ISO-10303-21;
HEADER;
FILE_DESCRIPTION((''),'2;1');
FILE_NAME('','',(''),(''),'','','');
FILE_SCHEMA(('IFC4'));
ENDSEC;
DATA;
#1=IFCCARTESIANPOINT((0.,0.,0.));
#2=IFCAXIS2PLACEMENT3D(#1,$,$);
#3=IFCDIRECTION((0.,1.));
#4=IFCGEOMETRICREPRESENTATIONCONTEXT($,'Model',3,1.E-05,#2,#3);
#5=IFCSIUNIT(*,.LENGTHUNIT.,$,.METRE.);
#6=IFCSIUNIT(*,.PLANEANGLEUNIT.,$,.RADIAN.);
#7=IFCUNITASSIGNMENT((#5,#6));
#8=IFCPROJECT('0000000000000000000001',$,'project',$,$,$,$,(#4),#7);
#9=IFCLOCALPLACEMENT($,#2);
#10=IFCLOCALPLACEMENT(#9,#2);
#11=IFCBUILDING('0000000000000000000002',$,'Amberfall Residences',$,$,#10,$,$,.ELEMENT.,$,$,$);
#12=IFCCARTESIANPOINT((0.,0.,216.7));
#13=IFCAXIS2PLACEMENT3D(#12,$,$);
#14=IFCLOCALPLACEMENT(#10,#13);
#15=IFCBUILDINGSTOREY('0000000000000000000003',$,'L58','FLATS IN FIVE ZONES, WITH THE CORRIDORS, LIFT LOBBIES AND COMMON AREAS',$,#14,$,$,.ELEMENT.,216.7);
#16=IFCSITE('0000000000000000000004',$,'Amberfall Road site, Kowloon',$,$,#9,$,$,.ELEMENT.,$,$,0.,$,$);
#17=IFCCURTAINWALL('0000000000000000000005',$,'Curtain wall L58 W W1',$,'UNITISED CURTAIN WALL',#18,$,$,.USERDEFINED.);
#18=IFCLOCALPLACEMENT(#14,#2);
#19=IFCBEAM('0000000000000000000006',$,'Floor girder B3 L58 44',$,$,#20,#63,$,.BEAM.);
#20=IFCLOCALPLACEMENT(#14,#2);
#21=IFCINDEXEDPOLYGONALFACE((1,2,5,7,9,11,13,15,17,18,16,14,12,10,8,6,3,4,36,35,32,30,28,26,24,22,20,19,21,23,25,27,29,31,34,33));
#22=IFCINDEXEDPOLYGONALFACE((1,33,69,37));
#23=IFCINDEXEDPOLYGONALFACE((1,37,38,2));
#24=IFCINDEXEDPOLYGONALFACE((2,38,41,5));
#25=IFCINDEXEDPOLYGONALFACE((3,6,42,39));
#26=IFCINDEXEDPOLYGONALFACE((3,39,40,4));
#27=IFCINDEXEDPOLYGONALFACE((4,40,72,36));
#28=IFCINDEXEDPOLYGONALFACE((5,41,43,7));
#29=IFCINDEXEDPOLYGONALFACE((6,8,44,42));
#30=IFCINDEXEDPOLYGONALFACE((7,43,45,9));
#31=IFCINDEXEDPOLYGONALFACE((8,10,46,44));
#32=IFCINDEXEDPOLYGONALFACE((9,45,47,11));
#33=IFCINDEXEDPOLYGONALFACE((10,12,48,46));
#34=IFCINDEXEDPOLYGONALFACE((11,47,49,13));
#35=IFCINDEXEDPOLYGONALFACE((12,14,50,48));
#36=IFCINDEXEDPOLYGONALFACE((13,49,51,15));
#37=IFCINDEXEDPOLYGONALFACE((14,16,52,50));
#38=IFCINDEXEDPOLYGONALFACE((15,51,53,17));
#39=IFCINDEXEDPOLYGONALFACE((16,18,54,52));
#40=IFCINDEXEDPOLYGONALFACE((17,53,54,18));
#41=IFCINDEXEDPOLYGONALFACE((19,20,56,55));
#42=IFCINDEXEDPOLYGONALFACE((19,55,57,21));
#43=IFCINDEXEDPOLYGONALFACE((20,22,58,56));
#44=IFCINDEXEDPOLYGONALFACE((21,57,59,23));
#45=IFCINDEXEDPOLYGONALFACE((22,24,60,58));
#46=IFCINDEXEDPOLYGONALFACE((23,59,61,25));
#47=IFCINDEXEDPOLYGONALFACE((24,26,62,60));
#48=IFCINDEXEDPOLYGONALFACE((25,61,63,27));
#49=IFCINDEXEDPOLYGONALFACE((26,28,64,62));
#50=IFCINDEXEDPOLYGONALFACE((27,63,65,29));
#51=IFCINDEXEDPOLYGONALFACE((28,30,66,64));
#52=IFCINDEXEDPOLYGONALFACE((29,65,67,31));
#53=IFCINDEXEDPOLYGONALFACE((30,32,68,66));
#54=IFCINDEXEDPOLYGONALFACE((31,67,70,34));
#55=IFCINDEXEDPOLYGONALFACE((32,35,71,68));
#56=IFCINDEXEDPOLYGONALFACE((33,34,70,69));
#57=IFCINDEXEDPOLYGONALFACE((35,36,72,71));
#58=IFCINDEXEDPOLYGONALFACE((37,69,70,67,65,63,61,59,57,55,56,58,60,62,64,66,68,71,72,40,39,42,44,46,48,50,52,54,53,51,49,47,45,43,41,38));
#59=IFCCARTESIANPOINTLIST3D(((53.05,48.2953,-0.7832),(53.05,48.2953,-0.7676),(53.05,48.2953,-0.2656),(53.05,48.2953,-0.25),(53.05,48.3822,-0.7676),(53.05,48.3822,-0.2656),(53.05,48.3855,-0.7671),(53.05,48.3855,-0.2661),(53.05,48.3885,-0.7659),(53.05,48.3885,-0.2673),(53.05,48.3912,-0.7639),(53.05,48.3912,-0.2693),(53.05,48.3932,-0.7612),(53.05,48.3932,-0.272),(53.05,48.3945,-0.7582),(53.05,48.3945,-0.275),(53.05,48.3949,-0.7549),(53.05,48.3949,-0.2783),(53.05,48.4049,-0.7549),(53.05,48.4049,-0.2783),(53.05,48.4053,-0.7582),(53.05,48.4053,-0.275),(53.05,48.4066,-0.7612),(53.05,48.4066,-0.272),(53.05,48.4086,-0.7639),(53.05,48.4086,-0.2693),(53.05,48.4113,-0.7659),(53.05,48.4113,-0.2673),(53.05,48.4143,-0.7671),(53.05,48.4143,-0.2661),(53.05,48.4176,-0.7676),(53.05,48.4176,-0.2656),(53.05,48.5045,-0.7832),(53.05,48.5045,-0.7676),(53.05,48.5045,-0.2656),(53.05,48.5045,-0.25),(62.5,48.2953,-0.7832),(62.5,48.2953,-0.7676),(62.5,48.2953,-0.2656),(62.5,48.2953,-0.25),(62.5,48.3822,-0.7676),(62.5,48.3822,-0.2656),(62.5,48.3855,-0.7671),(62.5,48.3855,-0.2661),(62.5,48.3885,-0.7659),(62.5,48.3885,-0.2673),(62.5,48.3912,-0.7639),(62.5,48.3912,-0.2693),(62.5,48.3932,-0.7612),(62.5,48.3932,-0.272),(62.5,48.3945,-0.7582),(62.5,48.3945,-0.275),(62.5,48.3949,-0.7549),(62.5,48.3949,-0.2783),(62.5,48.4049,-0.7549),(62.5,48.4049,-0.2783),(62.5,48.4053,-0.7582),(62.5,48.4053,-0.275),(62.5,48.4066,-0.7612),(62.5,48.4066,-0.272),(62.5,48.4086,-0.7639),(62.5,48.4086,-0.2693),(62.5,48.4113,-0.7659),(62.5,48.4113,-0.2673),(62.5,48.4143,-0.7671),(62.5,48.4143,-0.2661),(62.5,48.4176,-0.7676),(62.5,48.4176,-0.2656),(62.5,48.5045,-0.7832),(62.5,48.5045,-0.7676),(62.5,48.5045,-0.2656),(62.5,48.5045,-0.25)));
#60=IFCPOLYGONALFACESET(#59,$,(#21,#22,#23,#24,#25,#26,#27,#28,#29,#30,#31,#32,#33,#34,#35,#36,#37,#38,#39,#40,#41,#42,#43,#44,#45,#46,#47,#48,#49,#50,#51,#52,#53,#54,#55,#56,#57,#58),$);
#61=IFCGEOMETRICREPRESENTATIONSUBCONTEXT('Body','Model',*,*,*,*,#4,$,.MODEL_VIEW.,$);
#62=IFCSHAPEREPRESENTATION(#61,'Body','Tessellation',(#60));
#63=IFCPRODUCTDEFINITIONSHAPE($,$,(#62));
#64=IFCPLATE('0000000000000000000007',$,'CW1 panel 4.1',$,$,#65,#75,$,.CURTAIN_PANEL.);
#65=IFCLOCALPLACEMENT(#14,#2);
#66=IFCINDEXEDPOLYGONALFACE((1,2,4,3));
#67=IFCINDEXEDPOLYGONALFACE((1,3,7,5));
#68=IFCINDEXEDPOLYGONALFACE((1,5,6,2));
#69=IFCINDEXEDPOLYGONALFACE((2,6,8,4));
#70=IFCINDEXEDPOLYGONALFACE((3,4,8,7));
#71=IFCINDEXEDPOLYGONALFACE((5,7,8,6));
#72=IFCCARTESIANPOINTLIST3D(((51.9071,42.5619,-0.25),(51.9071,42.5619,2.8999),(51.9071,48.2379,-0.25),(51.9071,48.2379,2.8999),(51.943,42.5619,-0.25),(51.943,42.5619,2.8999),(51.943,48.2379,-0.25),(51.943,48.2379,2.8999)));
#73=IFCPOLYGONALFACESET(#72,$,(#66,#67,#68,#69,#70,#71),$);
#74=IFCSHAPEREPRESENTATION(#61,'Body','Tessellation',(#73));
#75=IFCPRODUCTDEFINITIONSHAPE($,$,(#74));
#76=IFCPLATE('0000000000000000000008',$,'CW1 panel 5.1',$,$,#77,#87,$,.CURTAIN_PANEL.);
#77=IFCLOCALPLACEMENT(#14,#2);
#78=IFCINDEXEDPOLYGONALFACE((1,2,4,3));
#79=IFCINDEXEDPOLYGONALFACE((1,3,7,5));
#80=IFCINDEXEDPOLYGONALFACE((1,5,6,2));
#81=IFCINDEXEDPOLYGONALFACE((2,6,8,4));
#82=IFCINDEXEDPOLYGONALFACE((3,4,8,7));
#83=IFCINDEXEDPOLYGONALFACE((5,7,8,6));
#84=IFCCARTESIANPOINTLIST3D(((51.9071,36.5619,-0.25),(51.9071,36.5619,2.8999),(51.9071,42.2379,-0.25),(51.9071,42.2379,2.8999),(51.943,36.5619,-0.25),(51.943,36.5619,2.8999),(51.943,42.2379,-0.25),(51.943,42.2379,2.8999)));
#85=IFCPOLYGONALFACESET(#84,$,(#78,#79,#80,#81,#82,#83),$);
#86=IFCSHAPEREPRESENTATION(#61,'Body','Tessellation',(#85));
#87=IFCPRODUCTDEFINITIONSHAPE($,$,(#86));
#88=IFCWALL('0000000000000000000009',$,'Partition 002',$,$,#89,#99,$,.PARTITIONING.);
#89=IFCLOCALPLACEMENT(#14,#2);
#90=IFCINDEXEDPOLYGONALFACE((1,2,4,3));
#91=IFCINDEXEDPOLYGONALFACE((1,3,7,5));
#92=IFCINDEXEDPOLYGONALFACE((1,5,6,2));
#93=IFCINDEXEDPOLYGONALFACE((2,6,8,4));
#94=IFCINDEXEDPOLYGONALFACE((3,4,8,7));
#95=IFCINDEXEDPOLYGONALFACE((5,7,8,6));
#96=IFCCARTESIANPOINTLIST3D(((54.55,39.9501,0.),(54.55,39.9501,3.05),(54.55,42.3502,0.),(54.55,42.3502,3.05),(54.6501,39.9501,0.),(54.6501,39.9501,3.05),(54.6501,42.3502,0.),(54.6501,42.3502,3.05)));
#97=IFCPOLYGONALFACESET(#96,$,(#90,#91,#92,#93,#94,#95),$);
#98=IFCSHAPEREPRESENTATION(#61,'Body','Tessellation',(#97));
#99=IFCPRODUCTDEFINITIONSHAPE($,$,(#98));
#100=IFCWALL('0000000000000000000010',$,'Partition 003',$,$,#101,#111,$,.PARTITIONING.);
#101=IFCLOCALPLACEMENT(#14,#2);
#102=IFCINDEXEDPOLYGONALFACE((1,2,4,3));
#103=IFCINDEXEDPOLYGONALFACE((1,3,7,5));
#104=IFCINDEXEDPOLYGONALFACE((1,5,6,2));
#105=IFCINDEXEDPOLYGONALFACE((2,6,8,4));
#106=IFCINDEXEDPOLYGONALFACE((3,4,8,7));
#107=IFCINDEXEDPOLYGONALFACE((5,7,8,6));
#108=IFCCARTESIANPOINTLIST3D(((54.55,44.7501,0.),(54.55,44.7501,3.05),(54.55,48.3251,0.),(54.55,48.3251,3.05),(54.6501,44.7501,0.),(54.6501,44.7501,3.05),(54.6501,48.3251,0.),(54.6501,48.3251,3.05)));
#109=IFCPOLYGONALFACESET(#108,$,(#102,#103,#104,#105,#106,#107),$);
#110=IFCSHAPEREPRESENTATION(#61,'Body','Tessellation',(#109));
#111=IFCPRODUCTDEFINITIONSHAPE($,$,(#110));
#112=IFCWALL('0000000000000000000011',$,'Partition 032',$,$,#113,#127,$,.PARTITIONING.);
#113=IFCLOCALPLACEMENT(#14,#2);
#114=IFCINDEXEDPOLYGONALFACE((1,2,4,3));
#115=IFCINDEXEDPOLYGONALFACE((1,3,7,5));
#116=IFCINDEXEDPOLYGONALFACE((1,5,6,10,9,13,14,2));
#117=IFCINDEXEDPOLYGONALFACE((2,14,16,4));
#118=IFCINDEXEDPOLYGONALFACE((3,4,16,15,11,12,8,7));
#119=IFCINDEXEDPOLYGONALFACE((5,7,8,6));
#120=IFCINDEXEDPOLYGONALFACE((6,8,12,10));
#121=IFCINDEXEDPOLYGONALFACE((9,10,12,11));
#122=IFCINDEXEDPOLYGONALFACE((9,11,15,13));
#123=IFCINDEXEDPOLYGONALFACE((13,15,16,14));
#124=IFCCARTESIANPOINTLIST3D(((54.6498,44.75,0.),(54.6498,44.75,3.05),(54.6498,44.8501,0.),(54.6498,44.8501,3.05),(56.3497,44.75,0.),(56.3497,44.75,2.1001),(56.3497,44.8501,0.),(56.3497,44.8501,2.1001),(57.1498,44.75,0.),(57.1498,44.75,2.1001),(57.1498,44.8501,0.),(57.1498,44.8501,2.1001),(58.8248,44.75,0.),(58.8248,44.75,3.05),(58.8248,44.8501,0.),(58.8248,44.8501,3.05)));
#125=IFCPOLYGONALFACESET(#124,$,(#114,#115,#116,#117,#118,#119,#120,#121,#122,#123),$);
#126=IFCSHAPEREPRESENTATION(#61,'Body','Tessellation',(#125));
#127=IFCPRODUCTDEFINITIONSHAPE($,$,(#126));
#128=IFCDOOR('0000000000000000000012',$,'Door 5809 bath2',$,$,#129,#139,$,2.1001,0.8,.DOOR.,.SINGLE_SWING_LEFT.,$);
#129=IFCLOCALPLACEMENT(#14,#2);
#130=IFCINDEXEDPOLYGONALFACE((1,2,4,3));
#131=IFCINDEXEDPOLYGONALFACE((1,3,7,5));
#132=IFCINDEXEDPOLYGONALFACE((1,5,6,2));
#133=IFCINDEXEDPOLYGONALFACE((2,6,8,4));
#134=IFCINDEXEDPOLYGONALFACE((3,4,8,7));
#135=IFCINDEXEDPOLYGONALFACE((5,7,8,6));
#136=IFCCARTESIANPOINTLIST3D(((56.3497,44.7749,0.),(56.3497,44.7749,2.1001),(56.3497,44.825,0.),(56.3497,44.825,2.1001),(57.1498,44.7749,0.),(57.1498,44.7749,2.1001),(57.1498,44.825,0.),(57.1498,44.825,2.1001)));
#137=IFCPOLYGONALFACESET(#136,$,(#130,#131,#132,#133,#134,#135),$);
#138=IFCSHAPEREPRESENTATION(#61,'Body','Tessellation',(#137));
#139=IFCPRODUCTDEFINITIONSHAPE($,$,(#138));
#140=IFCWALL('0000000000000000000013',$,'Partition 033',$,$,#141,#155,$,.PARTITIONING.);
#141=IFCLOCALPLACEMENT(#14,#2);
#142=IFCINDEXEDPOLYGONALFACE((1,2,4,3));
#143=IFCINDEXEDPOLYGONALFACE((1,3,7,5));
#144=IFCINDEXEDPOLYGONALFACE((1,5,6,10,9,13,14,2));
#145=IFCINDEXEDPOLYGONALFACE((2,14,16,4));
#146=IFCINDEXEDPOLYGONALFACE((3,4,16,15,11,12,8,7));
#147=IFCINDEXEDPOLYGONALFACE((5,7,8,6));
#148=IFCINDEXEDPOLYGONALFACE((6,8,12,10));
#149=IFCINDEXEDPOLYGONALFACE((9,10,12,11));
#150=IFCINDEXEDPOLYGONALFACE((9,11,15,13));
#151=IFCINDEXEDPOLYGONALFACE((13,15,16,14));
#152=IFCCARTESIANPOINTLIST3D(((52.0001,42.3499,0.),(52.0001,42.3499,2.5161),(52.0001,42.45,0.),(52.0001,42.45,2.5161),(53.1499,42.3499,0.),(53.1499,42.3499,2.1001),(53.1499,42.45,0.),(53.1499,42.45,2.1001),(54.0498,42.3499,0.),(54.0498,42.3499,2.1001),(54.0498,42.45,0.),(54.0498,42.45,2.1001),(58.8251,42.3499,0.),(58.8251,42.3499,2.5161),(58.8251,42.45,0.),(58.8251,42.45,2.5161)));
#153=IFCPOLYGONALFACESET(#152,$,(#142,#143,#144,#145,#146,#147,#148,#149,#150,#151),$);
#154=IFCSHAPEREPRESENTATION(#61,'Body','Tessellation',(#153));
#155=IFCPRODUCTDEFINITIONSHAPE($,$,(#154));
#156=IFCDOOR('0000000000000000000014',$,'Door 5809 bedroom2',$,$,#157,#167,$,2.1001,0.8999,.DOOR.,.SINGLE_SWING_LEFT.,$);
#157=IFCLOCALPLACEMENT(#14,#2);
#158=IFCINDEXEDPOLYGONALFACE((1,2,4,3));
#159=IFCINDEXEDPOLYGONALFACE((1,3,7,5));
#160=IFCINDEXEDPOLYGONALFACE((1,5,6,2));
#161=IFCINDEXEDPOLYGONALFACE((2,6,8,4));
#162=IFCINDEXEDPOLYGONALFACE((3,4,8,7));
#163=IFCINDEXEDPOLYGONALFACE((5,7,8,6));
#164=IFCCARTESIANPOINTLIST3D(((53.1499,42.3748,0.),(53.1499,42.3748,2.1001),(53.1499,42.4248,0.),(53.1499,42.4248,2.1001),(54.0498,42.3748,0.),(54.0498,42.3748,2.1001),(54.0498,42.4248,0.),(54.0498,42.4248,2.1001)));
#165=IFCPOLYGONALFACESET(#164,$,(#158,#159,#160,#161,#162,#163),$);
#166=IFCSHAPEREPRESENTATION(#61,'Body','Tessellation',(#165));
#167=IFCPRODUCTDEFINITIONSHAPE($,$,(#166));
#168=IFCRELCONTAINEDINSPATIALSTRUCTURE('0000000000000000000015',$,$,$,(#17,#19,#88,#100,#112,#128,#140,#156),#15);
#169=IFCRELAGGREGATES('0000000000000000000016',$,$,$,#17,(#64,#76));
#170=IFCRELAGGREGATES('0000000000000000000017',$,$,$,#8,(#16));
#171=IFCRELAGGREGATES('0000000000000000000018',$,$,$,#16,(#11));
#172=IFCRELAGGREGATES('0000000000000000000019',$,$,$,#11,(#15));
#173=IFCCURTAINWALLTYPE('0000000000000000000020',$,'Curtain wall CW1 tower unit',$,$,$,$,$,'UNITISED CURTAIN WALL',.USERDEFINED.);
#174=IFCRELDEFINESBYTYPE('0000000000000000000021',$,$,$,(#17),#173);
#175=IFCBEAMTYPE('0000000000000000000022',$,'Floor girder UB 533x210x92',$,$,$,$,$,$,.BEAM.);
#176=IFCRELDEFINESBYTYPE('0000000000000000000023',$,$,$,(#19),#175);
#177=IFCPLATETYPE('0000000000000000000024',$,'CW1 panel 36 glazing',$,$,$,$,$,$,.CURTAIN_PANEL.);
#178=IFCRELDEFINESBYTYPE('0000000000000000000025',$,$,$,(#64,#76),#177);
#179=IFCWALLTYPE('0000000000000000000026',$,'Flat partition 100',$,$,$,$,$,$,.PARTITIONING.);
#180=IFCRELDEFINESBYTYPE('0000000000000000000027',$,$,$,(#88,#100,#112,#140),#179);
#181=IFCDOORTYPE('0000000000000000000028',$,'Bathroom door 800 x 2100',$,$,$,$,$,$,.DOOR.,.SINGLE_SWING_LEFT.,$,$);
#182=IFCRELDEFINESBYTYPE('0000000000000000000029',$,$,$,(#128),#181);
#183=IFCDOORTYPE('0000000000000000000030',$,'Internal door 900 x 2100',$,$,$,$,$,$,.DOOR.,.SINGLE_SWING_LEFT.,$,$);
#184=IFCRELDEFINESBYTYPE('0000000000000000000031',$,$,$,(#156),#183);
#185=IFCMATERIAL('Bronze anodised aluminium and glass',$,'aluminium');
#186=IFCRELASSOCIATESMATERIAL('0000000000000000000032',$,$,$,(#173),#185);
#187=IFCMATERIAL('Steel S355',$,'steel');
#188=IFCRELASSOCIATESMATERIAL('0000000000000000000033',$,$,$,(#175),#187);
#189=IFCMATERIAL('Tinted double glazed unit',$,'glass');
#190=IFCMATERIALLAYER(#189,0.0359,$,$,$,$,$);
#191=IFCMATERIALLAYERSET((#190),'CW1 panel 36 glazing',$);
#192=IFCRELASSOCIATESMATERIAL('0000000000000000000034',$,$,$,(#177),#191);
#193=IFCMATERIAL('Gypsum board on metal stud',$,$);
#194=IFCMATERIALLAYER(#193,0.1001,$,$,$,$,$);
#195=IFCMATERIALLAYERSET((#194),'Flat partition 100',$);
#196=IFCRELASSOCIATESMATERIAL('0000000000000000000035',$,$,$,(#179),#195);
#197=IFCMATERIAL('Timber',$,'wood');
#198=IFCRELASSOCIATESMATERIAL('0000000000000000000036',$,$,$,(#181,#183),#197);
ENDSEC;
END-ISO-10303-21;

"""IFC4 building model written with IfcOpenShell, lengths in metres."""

from ifc_helpers import new_model, si_unit, direction, frame, frame_2d, origin, origin_2d, place, context, subcontext, project, spatial, rectangle, i_section, extrude, material, layer, layer_set, material_profile, profile_set, type_object, element, fill, aggregate, save


model = new_model("IFC4")

# Units and contexts
model_context = context("Model", 3, precision=1e-05, world=origin(), true_north=direction((0.0, 1.0)))
body_context = subcontext(model_context, "Body", "Model", "MODEL_VIEW")
ifc_project = project(units=[si_unit("LENGTHUNIT", "METRE"), si_unit("PLANEANGLEUNIT", "RADIAN")], contexts=[model_context])

# Site, building, storey
site_placement = place(None, origin())
site = spatial("IfcSite", under=ifc_project, at=site_placement, Name="Amberfall Road site, Kowloon", CompositionType="ELEMENT", RefElevation=0.0)
building_placement = place(site_placement, origin())
building = spatial("IfcBuilding", under=site, at=building_placement, Name="Amberfall Residences", CompositionType="ELEMENT")
storey_placement = place(building_placement, frame((0.0, 0.0, 216.7)))
storey = spatial("IfcBuildingStorey", under=building, at=storey_placement, Name="L58", Description="FLATS IN FIVE ZONES, WITH THE CORRIDORS, LIFT LOBBIES AND COMMON AREAS", CompositionType="ELEMENT", Elevation=216.7)

# Curtain wall
ifc_material_1 = material(Name="Bronze anodised aluminium and glass", Category="aluminium")
curtain_wall_type = type_object("IfcCurtainWallType", Name="Curtain wall CW1 tower unit", ElementType="UNITISED CURTAIN WALL", PredefinedType="USERDEFINED", material=ifc_material_1)
curtain_wall_placement = place(storey_placement, origin())
curtain_wall = element("IfcCurtainWall", 1, at=curtain_wall_placement, inside=storey, type_object=curtain_wall_type, Name="Curtain wall L58 W W1", ObjectType="UNITISED CURTAIN WALL", PredefinedType="USERDEFINED")

# Shared definitions
ifc_material_2 = material(Name="Steel S355", Category="steel")

# Beam
ifc_material_profile_1 = material_profile(ifc_material_2, i_section(OverallWidth=0.2092, OverallDepth=0.5332, WebThickness=0.01, FlangeThickness=0.0156, FilletRadius=0.0127, at=origin_2d()), Name="UB 533x210x92")
ifc_profile_set_1 = profile_set([ifc_material_profile_1], Name="Steel S355")
beam_type_1 = type_object("IfcBeamType", Name="Floor girder UB 533x210x92", PredefinedType="BEAM", material=ifc_profile_set_1)
for number, where, z_axis, x_axis, name in (
    (2, (53.05, 48.3999, -0.5166), (1.0, 0.0, 0.0), (0.0, 1.0, 0.0), "Floor girder B3 L58 44"),
):
    element("IfcBeam", number, at=place(storey_placement, frame(where, z_axis=z_axis, x_axis=x_axis)), inside=storey, type_object=beam_type_1, Name=name, PredefinedType="BEAM", context=body_context, shape_type="SweptSolid", body=[
        extrude(i_section(OverallWidth=0.2092, OverallDepth=0.5332, WebThickness=0.01, FlangeThickness=0.0156, FilletRadius=0.0127, at=origin_2d()), origin(), (0.0, 0.0, 1.0), 9.45),
    ])

# Plates
ifc_material_3 = material(Name="Tinted double glazed unit", Category="glass")
ifc_layer_1 = layer(ifc_material_3, 0.0359)
ifc_layer_set_1 = layer_set([ifc_layer_1], Name="CW1 panel 36 glazing")
plate_type = type_object("IfcPlateType", Name="CW1 panel 36 glazing", PredefinedType="CURTAIN_PANEL", material=ifc_layer_set_1)
plate_1_placement = place(storey_placement, frame((51.925, 45.3999, -0.25), z_axis=(0.0, 0.0, 1.0), x_axis=(0.0, -1.0, 0.0)))
plate_1 = element("IfcPlate", 3, at=plate_1_placement, type_object=plate_type, Name="CW1 panel 4.1", PredefinedType="CURTAIN_PANEL", context=body_context, shape_type="SweptSolid", body=[
    extrude(rectangle(XDim=5.676, YDim=0.0359, at=origin_2d()), origin(), (0.0, 0.0, 1.0), 3.1499),
])
plate_2_placement = place(storey_placement, frame((51.925, 39.3999, -0.25), z_axis=(0.0, 0.0, 1.0), x_axis=(0.0, -1.0, 0.0)))
plate_2 = element("IfcPlate", 4, at=plate_2_placement, type_object=plate_type, Name="CW1 panel 5.1", PredefinedType="CURTAIN_PANEL", context=body_context, shape_type="SweptSolid", body=[
    extrude(rectangle(XDim=5.676, YDim=0.0359, at=origin_2d()), origin(), (0.0, 0.0, 1.0), 3.1499),
])
aggregate(curtain_wall, [plate_1, plate_2])

# Walls
ifc_material_4 = material(Name="Gypsum board on metal stud")
ifc_layer_2 = layer(ifc_material_4, 0.1001)
ifc_layer_set_2 = layer_set([ifc_layer_2], Name="Flat partition 100")
wall_type_1 = type_object("IfcWallType", Name="Flat partition 100", PredefinedType="PARTITIONING", material=ifc_layer_set_2)
wall_1_placement = place(storey_placement, frame((54.6001, 39.95, 0.0), z_axis=(0.0, 0.0, 1.0), x_axis=(0.0, 1.0, 0.0)))
element("IfcWall", 5, at=wall_1_placement, inside=storey, type_object=wall_type_1, Name="Partition 002", PredefinedType="PARTITIONING", context=body_context, shape_type="SweptSolid", body=[
    extrude(rectangle(XDim=2.4001, YDim=0.1001, at=frame_2d((1.2002, 0.0))), origin(), (0.0, 0.0, 1.0), 3.05),
])
wall_2_placement = place(storey_placement, frame((54.6001, 44.75, 0.0), z_axis=(0.0, 0.0, 1.0), x_axis=(0.0, 1.0, 0.0)))
element("IfcWall", 6, at=wall_2_placement, inside=storey, type_object=wall_type_1, Name="Partition 003", PredefinedType="PARTITIONING", context=body_context, shape_type="SweptSolid", body=[
    extrude(rectangle(XDim=3.575, YDim=0.1001, at=frame_2d((1.7876, 0.0))), origin(), (0.0, 0.0, 1.0), 3.05),
])

# Walls, openings, doors
wall_3_placement = place(storey_placement, frame((54.6499, 44.8, 0.0), z_axis=(0.0, 0.0, 1.0), x_axis=(1.0, 0.0, 0.0)))
wall_3 = element("IfcWall", 7, at=wall_3_placement, inside=storey, type_object=wall_type_1, Name="Partition 032", PredefinedType="PARTITIONING", context=body_context, shape_type="SweptSolid", body=[
    extrude(rectangle(XDim=4.175, YDim=0.1001, at=frame_2d((2.0874, 0.0))), origin(), (0.0, 0.0, 1.0), 3.05),
])
opening_1_placement = place(wall_3_placement, frame((1.7, 0.0, 0.0)))
opening_1 = element("IfcOpeningElement", 8, at=opening_1_placement, cuts=wall_3, PredefinedType="OPENING", context=body_context, shape_type="SweptSolid", body=[
    extrude(rectangle(XDim=0.8, YDim=2.1001, at=frame_2d((0.3999, 1.05))), frame((0.0, 0.0601, 0.0), z_axis=(0.0, -1.0, 0.0), x_axis=(1.0, 0.0, 0.0)), (0.0, 0.0, 1.0), 0.1201),
])
ifc_material_5 = material(Name="Timber", Category="wood")
door_type_1 = type_object("IfcDoorType", Name="Bathroom door 800 x 2100", OperationType="SINGLE_SWING_LEFT", PredefinedType="DOOR", material=ifc_material_5)
door_1_placement = place(opening_1_placement, origin())
door_1 = element("IfcDoor", 9, at=door_1_placement, inside=storey, type_object=door_type_1, Name="Door 5809 bath2", OperationType="SINGLE_SWING_LEFT", OverallHeight=2.1001, OverallWidth=0.8, PredefinedType="DOOR", context=body_context, shape_type="SweptSolid", body=[
    extrude(rectangle(XDim=0.8, YDim=2.1001, at=frame_2d((0.3999, 1.05))), frame((0.0, 0.0249, 0.0), z_axis=(0.0, -1.0, 0.0), x_axis=(1.0, 0.0, 0.0)), (0.0, 0.0, 1.0), 0.05),
])
fill(opening_1, door_1)
wall_4_placement = place(storey_placement, frame((52.0, 42.3999, 0.0), z_axis=(0.0, 0.0, 1.0), x_axis=(1.0, 0.0, 0.0)))
wall_4 = element("IfcWall", 10, at=wall_4_placement, inside=storey, type_object=wall_type_1, Name="Partition 033", PredefinedType="PARTITIONING", context=body_context, shape_type="SweptSolid", body=[
    extrude(rectangle(XDim=6.825, YDim=0.1001, at=frame_2d((3.4126, 0.0))), origin(), (0.0, 0.0, 1.0), 2.5161),
])
opening_2_placement = place(wall_4_placement, frame((1.1499, 0.0, 0.0)))
opening_2 = element("IfcOpeningElement", 11, at=opening_2_placement, cuts=wall_4, PredefinedType="OPENING", context=body_context, shape_type="SweptSolid", body=[
    extrude(rectangle(XDim=0.8999, YDim=2.1001, at=frame_2d((0.45, 1.05))), frame((0.0, 0.0601, 0.0), z_axis=(0.0, -1.0, 0.0), x_axis=(1.0, 0.0, 0.0)), (0.0, 0.0, 1.0), 0.1201),
])
door_type_2 = type_object("IfcDoorType", Name="Internal door 900 x 2100", OperationType="SINGLE_SWING_LEFT", PredefinedType="DOOR", material=ifc_material_5)
door_2_placement = place(opening_2_placement, origin())
door_2 = element("IfcDoor", 12, at=door_2_placement, inside=storey, type_object=door_type_2, Name="Door 5809 bedroom2", OperationType="SINGLE_SWING_LEFT", OverallHeight=2.1001, OverallWidth=0.8999, PredefinedType="DOOR", context=body_context, shape_type="SweptSolid", body=[
    extrude(rectangle(XDim=0.8999, YDim=2.1001, at=frame_2d((0.45, 1.05))), frame((0.0, 0.0249, 0.0), z_axis=(0.0, -1.0, 0.0), x_axis=(1.0, 0.0, 0.0)), (0.0, 0.0, 1.0), 0.05),
])
fill(opening_2, door_2)

save(model, "model.ifc")
